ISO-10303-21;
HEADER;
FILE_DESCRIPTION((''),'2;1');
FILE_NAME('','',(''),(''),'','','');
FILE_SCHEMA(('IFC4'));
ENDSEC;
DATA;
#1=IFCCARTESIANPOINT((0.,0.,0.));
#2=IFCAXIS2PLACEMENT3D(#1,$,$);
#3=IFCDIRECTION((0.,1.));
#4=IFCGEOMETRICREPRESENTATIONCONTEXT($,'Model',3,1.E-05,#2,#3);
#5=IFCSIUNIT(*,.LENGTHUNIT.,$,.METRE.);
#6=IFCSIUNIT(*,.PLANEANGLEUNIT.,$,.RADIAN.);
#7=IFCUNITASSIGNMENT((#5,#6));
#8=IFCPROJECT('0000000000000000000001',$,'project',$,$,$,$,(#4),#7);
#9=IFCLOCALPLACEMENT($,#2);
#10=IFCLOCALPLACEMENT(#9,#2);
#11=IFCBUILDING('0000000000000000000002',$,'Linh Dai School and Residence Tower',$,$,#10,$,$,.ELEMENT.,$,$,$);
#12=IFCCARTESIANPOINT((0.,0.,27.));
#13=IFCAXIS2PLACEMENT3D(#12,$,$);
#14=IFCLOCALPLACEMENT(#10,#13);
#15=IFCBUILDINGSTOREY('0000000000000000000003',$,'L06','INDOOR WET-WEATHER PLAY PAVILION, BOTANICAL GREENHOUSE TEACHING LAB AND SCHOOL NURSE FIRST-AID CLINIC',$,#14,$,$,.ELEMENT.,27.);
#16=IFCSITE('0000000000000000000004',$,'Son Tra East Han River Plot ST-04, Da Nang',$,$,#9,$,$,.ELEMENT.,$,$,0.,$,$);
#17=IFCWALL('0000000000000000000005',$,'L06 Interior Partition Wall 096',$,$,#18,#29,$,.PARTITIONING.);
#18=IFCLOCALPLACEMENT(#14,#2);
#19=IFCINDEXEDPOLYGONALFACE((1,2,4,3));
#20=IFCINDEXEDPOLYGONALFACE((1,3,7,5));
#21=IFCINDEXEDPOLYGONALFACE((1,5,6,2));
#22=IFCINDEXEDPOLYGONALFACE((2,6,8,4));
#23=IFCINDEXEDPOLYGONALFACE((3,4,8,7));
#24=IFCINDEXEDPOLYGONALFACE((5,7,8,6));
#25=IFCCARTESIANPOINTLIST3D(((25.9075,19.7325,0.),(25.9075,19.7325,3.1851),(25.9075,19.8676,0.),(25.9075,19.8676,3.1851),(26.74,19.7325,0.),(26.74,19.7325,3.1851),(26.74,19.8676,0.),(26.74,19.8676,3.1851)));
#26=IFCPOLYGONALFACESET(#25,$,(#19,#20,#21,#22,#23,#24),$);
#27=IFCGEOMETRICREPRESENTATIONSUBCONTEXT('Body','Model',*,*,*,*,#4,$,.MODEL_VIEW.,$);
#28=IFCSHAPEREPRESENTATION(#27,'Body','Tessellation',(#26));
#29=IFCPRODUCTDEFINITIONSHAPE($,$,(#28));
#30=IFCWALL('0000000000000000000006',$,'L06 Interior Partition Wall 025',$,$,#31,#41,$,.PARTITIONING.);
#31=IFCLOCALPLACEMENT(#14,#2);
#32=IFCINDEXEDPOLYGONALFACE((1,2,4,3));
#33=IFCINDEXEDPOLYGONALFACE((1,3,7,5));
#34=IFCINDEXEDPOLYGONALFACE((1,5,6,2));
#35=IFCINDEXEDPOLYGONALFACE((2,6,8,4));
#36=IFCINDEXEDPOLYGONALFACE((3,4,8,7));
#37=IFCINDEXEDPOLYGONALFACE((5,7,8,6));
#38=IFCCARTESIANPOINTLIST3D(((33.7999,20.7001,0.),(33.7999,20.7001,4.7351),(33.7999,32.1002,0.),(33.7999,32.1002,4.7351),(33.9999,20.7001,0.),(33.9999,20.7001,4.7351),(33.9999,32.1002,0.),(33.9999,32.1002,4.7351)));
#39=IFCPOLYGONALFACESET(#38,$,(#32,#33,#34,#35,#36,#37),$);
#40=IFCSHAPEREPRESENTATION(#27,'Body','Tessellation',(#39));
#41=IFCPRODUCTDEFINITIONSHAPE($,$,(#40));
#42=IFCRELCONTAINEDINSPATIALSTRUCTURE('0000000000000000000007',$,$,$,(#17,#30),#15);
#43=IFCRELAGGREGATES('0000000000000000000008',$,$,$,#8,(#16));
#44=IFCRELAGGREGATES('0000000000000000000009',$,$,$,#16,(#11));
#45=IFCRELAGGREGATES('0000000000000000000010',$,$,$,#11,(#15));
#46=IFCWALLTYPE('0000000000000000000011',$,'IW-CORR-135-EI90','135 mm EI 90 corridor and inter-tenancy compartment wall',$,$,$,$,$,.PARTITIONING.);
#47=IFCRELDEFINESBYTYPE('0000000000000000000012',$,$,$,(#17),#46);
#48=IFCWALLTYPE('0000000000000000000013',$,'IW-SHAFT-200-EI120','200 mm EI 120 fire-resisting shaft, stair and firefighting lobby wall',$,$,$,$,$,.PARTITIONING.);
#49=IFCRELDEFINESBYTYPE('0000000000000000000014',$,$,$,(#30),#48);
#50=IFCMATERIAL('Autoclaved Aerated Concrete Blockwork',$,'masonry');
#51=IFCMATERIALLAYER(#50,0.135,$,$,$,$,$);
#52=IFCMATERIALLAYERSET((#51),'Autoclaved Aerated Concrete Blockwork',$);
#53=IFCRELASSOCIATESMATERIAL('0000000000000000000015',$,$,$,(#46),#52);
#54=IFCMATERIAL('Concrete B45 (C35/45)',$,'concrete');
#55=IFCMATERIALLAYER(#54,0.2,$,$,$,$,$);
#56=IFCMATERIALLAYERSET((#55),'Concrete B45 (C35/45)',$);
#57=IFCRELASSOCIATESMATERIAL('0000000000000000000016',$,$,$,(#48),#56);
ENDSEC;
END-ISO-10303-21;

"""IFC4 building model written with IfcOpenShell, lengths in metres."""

from ifc_helpers import new_model, si_unit, direction, frame, frame_2d, origin, place, context, subcontext, project, spatial, rectangle, extrude, material, layer, layer_set, type_object, element, save


model = new_model("IFC4")

# Units and contexts
model_context = context("Model", 3, precision=1e-05, world=origin(), true_north=direction((0.0, 1.0)))
body_context = subcontext(model_context, "Body", "Model", "MODEL_VIEW")
ifc_project = project(units=[si_unit("LENGTHUNIT", "METRE"), si_unit("PLANEANGLEUNIT", "RADIAN")], contexts=[model_context])

# Site, building, storey
site_placement = place(None, origin())
site = spatial("IfcSite", under=ifc_project, at=site_placement, Name="Son Tra East Han River Plot ST-04, Da Nang", CompositionType="ELEMENT", RefElevation=0.0)
building_placement = place(site_placement, origin())
building = spatial("IfcBuilding", under=site, at=building_placement, Name="Linh Dai School and Residence Tower", CompositionType="ELEMENT")
storey_placement = place(building_placement, frame((0.0, 0.0, 27.0)))
storey = spatial("IfcBuildingStorey", under=building, at=storey_placement, Name="L06", Description="INDOOR WET-WEATHER PLAY PAVILION, BOTANICAL GREENHOUSE TEACHING LAB AND SCHOOL NURSE FIRST-AID CLINIC", CompositionType="ELEMENT", Elevation=27.0)

# Shared definitions
ifc_material_1 = material(Name="Autoclaved Aerated Concrete Blockwork", Category="masonry")
ifc_layer_1 = layer(ifc_material_1, 0.135)
ifc_layer_set_1 = layer_set([ifc_layer_1], Name="Autoclaved Aerated Concrete Blockwork")
wall_type_1 = type_object("IfcWallType", Name="IW-CORR-135-EI90", Description="135 mm EI 90 corridor and inter-tenancy compartment wall", PredefinedType="PARTITIONING", material=ifc_layer_set_1)

# Walls
wall_1_placement = place(storey_placement, frame((25.9075, 19.8, 0.0), z_axis=(0.0, 0.0, 1.0), x_axis=(1.0, 0.0, 0.0)))
element("IfcWall", 1, at=wall_1_placement, inside=storey, type_object=wall_type_1, Name="L06 Interior Partition Wall 096", PredefinedType="PARTITIONING", context=body_context, shape_type="SweptSolid", body=[
    extrude(rectangle(XDim=0.8325, YDim=0.135, at=frame_2d((0.4163, 0.0))), origin(), (0.0, 0.0, 1.0), 3.1851),
])
ifc_material_2 = material(Name="Concrete B45 (C35/45)", Category="concrete")
ifc_layer_2 = layer(ifc_material_2, 0.2)
ifc_layer_set_2 = layer_set([ifc_layer_2], Name="Concrete B45 (C35/45)")
wall_type_2 = type_object("IfcWallType", Name="IW-SHAFT-200-EI120", Description="200 mm EI 120 fire-resisting shaft, stair and firefighting lobby wall", PredefinedType="PARTITIONING", material=ifc_layer_set_2)
wall_2_placement = place(storey_placement, frame((33.8999, 20.7, 0.0), z_axis=(0.0, 0.0, 1.0), x_axis=(0.0, 1.0, 0.0)))
element("IfcWall", 2, at=wall_2_placement, inside=storey, type_object=wall_type_2, Name="L06 Interior Partition Wall 025", PredefinedType="PARTITIONING", context=body_context, shape_type="SweptSolid", body=[
    extrude(rectangle(XDim=11.4001, YDim=0.2, at=frame_2d((5.7002, 0.0))), origin(), (0.0, 0.0, 1.0), 4.7351),
])

save(model, "model.ifc")
